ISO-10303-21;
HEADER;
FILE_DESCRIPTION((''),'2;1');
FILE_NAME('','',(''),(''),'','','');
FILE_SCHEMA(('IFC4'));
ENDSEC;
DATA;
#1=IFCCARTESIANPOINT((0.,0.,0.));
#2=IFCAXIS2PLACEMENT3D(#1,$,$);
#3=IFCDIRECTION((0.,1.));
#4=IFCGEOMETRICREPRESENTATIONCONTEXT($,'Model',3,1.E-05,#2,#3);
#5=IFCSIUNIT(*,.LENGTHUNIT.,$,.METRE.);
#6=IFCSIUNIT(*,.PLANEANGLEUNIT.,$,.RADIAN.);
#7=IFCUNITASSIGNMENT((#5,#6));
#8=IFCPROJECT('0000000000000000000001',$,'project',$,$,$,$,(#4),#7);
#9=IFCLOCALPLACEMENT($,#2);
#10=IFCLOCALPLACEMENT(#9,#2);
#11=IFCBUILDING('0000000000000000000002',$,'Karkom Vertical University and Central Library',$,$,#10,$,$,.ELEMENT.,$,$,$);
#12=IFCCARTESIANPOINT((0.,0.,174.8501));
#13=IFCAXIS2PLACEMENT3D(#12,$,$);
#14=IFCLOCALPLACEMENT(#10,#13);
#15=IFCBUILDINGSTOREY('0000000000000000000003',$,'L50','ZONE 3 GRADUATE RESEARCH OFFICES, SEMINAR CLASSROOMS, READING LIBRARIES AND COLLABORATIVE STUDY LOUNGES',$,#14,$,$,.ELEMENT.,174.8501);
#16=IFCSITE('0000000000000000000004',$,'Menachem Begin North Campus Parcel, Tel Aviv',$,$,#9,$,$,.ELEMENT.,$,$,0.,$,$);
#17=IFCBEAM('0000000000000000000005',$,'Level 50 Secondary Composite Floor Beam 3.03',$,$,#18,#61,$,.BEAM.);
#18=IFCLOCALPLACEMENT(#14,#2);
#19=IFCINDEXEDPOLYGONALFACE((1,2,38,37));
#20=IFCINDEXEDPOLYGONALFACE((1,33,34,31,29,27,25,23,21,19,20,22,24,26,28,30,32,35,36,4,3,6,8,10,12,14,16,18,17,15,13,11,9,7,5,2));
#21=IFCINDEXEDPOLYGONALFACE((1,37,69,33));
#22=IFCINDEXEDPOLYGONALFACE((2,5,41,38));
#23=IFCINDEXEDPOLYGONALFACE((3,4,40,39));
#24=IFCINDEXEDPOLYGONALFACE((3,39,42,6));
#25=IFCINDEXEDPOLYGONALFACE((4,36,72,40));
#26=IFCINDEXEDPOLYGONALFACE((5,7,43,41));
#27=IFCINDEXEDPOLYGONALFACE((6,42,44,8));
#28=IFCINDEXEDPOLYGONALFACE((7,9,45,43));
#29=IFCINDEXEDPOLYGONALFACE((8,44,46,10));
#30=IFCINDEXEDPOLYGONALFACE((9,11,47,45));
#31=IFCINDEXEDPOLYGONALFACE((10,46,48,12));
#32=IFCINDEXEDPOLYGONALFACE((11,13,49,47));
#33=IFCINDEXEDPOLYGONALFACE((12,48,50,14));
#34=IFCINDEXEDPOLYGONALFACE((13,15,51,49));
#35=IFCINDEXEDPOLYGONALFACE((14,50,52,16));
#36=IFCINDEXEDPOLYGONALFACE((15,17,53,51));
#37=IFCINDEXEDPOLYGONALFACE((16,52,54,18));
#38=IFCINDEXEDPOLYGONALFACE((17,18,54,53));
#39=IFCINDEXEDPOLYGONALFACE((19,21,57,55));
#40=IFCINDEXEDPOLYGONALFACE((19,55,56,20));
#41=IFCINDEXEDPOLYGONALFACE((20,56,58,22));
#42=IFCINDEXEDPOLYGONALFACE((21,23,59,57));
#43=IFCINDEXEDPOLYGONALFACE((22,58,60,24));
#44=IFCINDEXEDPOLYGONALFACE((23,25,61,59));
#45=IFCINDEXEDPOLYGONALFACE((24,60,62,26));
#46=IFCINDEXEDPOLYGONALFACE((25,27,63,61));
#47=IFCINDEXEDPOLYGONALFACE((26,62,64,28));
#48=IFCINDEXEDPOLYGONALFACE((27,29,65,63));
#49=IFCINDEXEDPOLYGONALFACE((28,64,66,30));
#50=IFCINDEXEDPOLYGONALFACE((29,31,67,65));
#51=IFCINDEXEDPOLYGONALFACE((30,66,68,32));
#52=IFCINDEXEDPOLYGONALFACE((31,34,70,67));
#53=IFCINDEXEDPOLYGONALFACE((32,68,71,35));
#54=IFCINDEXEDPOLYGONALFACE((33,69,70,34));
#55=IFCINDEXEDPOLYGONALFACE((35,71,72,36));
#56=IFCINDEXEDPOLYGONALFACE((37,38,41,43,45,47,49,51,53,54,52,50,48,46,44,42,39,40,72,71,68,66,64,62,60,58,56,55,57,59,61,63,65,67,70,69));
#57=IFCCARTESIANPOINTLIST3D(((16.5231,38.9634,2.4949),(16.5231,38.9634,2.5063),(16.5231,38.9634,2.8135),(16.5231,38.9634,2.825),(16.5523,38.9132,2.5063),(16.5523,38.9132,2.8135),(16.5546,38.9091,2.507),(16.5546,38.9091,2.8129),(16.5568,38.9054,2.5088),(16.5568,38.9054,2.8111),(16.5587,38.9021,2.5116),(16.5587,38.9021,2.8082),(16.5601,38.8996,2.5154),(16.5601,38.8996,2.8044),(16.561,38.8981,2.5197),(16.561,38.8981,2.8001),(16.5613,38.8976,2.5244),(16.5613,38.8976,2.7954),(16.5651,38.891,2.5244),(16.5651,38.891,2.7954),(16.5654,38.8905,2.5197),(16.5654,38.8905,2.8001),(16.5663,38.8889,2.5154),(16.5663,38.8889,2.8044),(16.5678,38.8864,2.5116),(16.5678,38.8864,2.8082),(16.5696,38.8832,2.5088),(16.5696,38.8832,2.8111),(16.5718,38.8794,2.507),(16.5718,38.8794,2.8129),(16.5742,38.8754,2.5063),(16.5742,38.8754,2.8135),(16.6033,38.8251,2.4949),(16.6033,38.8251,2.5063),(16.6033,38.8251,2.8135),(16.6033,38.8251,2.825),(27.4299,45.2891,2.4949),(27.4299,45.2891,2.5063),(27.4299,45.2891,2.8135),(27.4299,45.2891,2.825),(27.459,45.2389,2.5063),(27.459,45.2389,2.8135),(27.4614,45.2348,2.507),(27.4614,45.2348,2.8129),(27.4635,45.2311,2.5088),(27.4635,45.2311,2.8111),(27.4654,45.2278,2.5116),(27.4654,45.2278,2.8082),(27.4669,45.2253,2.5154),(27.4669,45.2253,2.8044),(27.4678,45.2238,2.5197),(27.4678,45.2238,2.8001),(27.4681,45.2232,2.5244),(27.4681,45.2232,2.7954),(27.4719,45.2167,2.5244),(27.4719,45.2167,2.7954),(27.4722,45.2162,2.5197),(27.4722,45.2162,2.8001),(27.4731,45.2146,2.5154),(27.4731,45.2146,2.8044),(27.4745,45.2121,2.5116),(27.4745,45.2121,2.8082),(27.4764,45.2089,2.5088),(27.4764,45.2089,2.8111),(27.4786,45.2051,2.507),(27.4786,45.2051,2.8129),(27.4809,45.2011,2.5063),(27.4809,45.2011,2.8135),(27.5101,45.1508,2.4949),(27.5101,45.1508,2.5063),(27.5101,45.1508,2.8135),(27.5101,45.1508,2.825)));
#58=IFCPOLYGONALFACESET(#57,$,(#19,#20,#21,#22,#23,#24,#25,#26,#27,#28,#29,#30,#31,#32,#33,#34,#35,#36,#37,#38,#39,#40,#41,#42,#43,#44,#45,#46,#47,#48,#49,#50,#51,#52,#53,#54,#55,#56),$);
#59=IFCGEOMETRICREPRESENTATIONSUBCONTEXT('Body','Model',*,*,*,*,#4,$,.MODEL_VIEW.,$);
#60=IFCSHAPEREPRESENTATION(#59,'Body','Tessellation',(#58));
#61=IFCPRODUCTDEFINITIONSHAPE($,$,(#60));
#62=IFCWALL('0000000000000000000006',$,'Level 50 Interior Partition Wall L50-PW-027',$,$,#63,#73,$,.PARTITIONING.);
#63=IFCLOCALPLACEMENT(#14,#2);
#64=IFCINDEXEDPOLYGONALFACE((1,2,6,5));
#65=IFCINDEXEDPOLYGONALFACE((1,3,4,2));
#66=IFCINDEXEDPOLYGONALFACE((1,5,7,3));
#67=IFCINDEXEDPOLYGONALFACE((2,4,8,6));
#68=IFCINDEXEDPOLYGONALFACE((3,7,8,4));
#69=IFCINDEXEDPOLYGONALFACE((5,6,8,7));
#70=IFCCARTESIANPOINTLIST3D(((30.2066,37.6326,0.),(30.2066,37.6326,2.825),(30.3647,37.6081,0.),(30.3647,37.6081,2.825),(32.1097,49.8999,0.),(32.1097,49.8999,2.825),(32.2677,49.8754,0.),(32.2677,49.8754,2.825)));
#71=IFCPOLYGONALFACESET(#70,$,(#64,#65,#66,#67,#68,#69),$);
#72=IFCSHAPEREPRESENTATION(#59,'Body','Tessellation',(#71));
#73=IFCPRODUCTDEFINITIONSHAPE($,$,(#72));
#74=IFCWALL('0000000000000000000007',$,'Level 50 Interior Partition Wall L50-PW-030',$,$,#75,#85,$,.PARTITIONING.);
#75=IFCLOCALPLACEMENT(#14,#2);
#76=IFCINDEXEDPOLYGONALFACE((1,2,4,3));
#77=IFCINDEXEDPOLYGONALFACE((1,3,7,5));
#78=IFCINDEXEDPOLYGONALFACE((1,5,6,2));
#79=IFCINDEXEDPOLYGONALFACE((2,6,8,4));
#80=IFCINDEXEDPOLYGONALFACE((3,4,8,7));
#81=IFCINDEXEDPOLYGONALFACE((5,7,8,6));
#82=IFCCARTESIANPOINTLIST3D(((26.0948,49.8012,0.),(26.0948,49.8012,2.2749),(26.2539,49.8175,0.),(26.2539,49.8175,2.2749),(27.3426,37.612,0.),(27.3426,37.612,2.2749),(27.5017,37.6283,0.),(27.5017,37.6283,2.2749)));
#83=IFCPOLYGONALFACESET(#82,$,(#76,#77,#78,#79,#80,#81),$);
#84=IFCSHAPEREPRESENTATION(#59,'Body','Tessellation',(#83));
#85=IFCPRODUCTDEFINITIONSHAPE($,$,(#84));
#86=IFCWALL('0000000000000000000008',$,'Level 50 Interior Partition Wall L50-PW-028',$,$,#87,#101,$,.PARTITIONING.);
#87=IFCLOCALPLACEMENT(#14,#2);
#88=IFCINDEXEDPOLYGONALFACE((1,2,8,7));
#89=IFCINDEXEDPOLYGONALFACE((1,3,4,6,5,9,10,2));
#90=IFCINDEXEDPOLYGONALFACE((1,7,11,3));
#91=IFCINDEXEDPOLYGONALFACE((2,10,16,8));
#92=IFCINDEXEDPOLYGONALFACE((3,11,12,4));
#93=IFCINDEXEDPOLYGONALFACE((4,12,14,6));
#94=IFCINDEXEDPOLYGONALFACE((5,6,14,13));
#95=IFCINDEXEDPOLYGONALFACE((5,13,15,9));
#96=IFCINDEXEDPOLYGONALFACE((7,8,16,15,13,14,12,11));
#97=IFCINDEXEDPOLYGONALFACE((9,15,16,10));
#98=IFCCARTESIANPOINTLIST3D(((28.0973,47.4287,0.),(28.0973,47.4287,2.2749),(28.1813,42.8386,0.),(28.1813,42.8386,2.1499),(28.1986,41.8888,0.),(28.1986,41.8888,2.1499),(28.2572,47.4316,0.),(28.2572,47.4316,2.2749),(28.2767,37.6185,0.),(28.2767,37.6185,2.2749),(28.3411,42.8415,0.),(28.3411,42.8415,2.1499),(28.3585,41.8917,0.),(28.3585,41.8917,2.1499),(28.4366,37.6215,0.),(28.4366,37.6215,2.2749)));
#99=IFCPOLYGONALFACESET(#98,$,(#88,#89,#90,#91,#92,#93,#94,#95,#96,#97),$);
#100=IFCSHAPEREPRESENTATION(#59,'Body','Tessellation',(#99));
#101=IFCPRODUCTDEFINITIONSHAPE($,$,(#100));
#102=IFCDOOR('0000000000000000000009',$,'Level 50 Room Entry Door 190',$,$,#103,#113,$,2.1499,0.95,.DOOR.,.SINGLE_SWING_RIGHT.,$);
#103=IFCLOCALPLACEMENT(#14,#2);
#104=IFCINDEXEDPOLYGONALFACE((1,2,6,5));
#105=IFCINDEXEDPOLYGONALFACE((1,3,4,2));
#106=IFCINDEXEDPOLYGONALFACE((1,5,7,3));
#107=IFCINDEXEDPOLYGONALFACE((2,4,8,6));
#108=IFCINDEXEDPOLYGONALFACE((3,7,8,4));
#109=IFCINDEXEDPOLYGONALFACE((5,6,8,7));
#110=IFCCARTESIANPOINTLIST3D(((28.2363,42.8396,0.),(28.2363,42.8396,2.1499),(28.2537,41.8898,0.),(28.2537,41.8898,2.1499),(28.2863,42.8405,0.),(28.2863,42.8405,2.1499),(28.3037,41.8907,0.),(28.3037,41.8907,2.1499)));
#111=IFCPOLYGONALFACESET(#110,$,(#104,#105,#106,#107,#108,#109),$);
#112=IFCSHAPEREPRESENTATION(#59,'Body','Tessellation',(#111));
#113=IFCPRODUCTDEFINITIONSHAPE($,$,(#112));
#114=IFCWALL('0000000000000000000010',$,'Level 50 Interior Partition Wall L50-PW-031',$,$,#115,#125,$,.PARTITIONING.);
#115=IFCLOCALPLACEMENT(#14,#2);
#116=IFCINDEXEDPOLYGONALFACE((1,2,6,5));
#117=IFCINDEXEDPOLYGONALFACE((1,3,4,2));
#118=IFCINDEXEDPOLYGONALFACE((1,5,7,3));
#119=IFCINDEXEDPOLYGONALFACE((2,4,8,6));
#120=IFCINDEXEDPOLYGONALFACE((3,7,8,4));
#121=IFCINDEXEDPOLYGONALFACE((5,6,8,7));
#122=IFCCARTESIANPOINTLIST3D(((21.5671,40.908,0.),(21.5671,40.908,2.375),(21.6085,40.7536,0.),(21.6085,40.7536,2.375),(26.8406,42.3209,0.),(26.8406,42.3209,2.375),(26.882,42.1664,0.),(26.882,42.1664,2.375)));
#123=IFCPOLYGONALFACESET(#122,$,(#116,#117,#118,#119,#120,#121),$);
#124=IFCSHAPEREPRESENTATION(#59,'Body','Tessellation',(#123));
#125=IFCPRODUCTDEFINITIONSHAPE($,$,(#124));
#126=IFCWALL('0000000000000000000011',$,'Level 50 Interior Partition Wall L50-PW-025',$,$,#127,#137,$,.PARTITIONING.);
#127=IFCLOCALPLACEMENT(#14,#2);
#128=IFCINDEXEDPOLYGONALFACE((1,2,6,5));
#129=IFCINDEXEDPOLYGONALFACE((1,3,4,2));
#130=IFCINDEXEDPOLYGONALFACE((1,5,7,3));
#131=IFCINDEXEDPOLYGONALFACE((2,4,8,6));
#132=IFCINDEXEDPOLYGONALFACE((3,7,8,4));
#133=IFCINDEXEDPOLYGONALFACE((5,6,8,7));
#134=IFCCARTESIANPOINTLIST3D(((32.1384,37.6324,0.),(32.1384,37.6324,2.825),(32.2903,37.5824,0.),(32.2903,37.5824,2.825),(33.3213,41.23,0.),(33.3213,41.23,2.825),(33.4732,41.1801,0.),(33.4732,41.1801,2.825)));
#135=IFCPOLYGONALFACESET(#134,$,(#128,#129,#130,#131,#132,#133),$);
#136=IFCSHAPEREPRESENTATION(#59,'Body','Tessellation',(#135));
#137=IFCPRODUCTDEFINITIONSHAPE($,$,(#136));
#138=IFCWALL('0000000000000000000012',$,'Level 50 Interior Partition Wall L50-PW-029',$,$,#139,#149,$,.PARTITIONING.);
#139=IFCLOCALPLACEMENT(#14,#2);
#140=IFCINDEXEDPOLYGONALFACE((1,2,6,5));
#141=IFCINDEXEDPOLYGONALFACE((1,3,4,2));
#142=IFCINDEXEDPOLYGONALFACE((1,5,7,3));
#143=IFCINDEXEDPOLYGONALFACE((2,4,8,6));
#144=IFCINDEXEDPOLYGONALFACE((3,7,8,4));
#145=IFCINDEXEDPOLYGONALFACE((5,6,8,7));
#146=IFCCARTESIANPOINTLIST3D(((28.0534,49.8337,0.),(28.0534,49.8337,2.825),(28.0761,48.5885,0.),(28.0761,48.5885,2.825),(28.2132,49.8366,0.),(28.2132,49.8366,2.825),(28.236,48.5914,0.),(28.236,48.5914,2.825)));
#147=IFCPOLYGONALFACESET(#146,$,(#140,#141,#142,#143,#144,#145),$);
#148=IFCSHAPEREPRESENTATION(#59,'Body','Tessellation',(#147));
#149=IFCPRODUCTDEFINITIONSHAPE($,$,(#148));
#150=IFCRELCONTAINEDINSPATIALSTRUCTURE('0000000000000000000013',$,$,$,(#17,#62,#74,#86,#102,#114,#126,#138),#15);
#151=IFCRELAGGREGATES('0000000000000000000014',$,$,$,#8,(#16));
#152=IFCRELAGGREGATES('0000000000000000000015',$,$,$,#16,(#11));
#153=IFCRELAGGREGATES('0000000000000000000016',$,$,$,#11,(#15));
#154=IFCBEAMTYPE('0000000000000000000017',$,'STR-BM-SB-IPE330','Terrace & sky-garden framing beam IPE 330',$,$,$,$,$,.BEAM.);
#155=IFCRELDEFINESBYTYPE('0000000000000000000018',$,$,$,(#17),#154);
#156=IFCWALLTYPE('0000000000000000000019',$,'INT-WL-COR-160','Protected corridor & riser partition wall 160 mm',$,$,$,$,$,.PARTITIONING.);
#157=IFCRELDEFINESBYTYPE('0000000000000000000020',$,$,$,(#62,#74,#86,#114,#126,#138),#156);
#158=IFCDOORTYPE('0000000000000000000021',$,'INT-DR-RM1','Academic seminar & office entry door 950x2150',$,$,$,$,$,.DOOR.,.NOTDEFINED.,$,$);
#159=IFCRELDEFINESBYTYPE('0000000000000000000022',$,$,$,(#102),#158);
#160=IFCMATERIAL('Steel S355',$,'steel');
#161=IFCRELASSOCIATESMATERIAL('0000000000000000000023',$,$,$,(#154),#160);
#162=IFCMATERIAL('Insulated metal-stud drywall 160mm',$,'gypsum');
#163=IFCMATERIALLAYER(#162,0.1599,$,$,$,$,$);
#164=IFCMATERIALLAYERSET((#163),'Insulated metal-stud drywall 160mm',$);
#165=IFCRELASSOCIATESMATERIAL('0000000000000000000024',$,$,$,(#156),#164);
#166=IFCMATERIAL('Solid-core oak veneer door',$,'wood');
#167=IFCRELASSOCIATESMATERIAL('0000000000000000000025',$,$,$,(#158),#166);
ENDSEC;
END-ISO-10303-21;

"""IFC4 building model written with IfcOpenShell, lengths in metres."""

from ifc_helpers import new_model, si_unit, direction, frame, frame_2d, origin, origin_with_axes, origin_2d, place, context, subcontext, project, spatial, rectangle, i_section, extrude, source, transform, mapped, material, layer, layer_set, material_profile, profile_set, type_object, element, fill, save


model = new_model("IFC4")

# Units and contexts
model_context = context("Model", 3, precision=1e-05, world=origin(), true_north=direction((0.0, 1.0)))
body_context = subcontext(model_context, "Body", "Model", "MODEL_VIEW")
ifc_project = project(units=[si_unit("LENGTHUNIT", "METRE"), si_unit("PLANEANGLEUNIT", "RADIAN")], contexts=[model_context])

# Site, building, storey
site_placement = place(None, origin())
site = spatial("IfcSite", under=ifc_project, at=site_placement, Name="Menachem Begin North Campus Parcel, Tel Aviv", CompositionType="ELEMENT", RefElevation=0.0)
building_placement = place(site_placement, origin())
building = spatial("IfcBuilding", under=site, at=building_placement, Name="Karkom Vertical University and Central Library", CompositionType="ELEMENT")
storey_placement = place(building_placement, frame((0.0, 0.0, 174.8501)))
storey = spatial("IfcBuildingStorey", under=building, at=storey_placement, Name="L50", Description="ZONE 3 GRADUATE RESEARCH OFFICES, SEMINAR CLASSROOMS, READING LIBRARIES AND COLLABORATIVE STUDY LOUNGES", CompositionType="ELEMENT", Elevation=174.8501)

# Beam
ifc_material_1 = material(Name="Steel S355", Category="steel")
ifc_material_profile_1 = material_profile(ifc_material_1, i_section(OverallWidth=0.1599, OverallDepth=0.3301, WebThickness=0.0076, FlangeThickness=0.0115, FilletRadius=0.0181, at=origin_2d()), Name="IPE 330")
ifc_profile_set_1 = profile_set([ifc_material_profile_1], Name="Steel S355")
beam_type_1 = type_object("IfcBeamType", Name="STR-BM-SB-IPE330", Description="Terrace & sky-garden framing beam IPE 330", PredefinedType="BEAM", material=ifc_profile_set_1)
shared_shape_1 = source(origin_with_axes(), body_context, "Body", "SweptSolid", [
    extrude(i_section(OverallWidth=0.1599, OverallDepth=0.3301, WebThickness=0.0076, FlangeThickness=0.0115, FilletRadius=0.0181, at=origin_2d()), origin(), (0.0, 0.0, 1.0), 12.6084),
])
beam_1_placement = place(storey_placement, frame((27.47, 45.22, 2.6599), z_axis=(-0.865039, -0.501705, 0.0), x_axis=(0.501705, -0.865039, 0.0)))
element("IfcBeam", 1, at=beam_1_placement, inside=storey, type_object=beam_type_1, Name="Level 50 Secondary Composite Floor Beam 3.03", PredefinedType="BEAM", context=body_context, shape_type="MappedRepresentation", body=[
    mapped(shared_shape_1, transform((0.0, 0.0, 0.0), scale=1.0)),
])

# Walls
ifc_material_2 = material(Name="Insulated metal-stud drywall 160mm", Category="gypsum")
ifc_layer = layer(ifc_material_2, 0.1599)
ifc_layer_set = layer_set([ifc_layer], Name="Insulated metal-stud drywall 160mm")
wall_type = type_object("IfcWallType", Name="INT-WL-COR-160", Description="Protected corridor & riser partition wall 160 mm", PredefinedType="PARTITIONING", material=ifc_layer_set)
wall_1_placement = place(storey_placement, frame((30.2856, 37.6204, 0.0), z_axis=(0.0, 0.0, 1.0), x_axis=(0.1533, 0.98818, 0.0)))
element("IfcWall", 2, at=wall_1_placement, inside=storey, type_object=wall_type, Name="Level 50 Interior Partition Wall L50-PW-027", PredefinedType="PARTITIONING", context=body_context, shape_type="SweptSolid", body=[
    extrude(rectangle(XDim=12.4141, YDim=0.1599, at=frame_2d((6.207, 0.0))), origin(), (0.0, 0.0, 1.0), 2.825),
])
wall_2_placement = place(storey_placement, frame((27.4221, 37.6201, 0.0), z_axis=(0.0, 0.0, 1.0), x_axis=(-0.101837, 0.994801, 0.0)))
element("IfcWall", 3, at=wall_2_placement, inside=storey, type_object=wall_type, Name="Level 50 Interior Partition Wall L50-PW-030", PredefinedType="PARTITIONING", context=body_context, shape_type="SweptSolid", body=[
    extrude(rectangle(XDim=12.2529, YDim=0.1599, at=frame_2d((6.1265, 0.0))), origin(), (0.0, 0.0, 1.0), 2.2749),
])

# Wall, opening, door
wall_3_placement = place(storey_placement, frame((28.3567, 37.6201, 0.0), z_axis=(0.0, 0.0, 1.0), x_axis=(-0.018289, 0.999833, 0.0)))
wall_3 = element("IfcWall", 4, at=wall_3_placement, inside=storey, type_object=wall_type, Name="Level 50 Interior Partition Wall L50-PW-028", PredefinedType="PARTITIONING", context=body_context, shape_type="SweptSolid", body=[
    extrude(rectangle(XDim=9.8118, YDim=0.1599, at=frame_2d((4.9058, 0.0))), origin(), (0.0, 0.0, 1.0), 2.2749),
])
opening_placement = place(wall_3_placement, frame((4.2708, 0.0, 0.0)))
opening = element("IfcOpeningElement", 5, at=opening_placement, cuts=wall_3, PredefinedType="OPENING", context=body_context, shape_type="SweptSolid", body=[
    extrude(rectangle(XDim=0.95, YDim=2.1499, at=frame_2d((0.4751, 1.075))), frame((0.0, 0.0898, 0.0), z_axis=(0.0, -1.0, 0.0), x_axis=(1.0, 0.0, 0.0)), (0.0, 0.0, 1.0), 0.1799),
])
ifc_material_3 = material(Name="Solid-core oak veneer door", Category="wood")
door_type = type_object("IfcDoorType", Name="INT-DR-RM1", Description="Academic seminar & office entry door 950x2150", OperationType="NOTDEFINED", PredefinedType="DOOR", material=ifc_material_3)
shared_shape_2 = source(origin_with_axes(), body_context, "Body", "SweptSolid", [
    extrude(rectangle(XDim=0.95, YDim=2.1499, at=frame_2d((0.4751, 1.075))), frame((0.0, 0.0249, 0.0), z_axis=(0.0, -1.0, 0.0), x_axis=(1.0, 0.0, 0.0)), (0.0, 0.0, 1.0), 0.05),
])
door_placement = place(opening_placement, origin())
door = element("IfcDoor", 6, at=door_placement, inside=storey, type_object=door_type, Name="Level 50 Room Entry Door 190", OperationType="SINGLE_SWING_RIGHT", OverallHeight=2.1499, OverallWidth=0.95, PredefinedType="DOOR", context=body_context, shape_type="MappedRepresentation", body=[
    mapped(shared_shape_2, transform((0.0, 0.0, 0.0), scale=1.0)),
])
fill(opening, door)

# Walls
wall_4_placement = place(storey_placement, frame((26.8613, 42.2437, 0.0), z_axis=(0.0, 0.0, 1.0), x_axis=(-0.965934, -0.25879, 0.0)))
element("IfcWall", 7, at=wall_4_placement, inside=storey, type_object=wall_type, Name="Level 50 Interior Partition Wall L50-PW-031", PredefinedType="PARTITIONING", context=body_context, shape_type="SweptSolid", body=[
    extrude(rectangle(XDim=5.4595, YDim=0.1599, at=frame_2d((2.7297, 0.0))), origin(), (0.0, 0.0, 1.0), 2.375),
])
wall_5_placement = place(storey_placement, frame((32.2144, 37.6074, 0.0), z_axis=(0.0, 0.0, 1.0), x_axis=(0.312338, 0.949971, 0.0)))
element("IfcWall", 8, at=wall_5_placement, inside=storey, type_object=wall_type, Name="Level 50 Interior Partition Wall L50-PW-025", PredefinedType="PARTITIONING", context=body_context, shape_type="SweptSolid", body=[
    extrude(rectangle(XDim=3.7871, YDim=0.1599, at=frame_2d((1.8936, 0.0))), origin(), (0.0, 0.0, 1.0), 2.825),
])
wall_6_placement = place(storey_placement, frame((28.156, 48.5901, 0.0), z_axis=(0.0, 0.0, 1.0), x_axis=(-0.018232, 0.999834, 0.0)))
element("IfcWall", 9, at=wall_6_placement, inside=storey, type_object=wall_type, Name="Level 50 Interior Partition Wall L50-PW-029", PredefinedType="PARTITIONING", context=body_context, shape_type="SweptSolid", body=[
    extrude(rectangle(XDim=1.2454, YDim=0.1599, at=frame_2d((0.6226, 0.0))), origin(), (0.0, 0.0, 1.0), 2.825),
])

save(model, "model.ifc")
